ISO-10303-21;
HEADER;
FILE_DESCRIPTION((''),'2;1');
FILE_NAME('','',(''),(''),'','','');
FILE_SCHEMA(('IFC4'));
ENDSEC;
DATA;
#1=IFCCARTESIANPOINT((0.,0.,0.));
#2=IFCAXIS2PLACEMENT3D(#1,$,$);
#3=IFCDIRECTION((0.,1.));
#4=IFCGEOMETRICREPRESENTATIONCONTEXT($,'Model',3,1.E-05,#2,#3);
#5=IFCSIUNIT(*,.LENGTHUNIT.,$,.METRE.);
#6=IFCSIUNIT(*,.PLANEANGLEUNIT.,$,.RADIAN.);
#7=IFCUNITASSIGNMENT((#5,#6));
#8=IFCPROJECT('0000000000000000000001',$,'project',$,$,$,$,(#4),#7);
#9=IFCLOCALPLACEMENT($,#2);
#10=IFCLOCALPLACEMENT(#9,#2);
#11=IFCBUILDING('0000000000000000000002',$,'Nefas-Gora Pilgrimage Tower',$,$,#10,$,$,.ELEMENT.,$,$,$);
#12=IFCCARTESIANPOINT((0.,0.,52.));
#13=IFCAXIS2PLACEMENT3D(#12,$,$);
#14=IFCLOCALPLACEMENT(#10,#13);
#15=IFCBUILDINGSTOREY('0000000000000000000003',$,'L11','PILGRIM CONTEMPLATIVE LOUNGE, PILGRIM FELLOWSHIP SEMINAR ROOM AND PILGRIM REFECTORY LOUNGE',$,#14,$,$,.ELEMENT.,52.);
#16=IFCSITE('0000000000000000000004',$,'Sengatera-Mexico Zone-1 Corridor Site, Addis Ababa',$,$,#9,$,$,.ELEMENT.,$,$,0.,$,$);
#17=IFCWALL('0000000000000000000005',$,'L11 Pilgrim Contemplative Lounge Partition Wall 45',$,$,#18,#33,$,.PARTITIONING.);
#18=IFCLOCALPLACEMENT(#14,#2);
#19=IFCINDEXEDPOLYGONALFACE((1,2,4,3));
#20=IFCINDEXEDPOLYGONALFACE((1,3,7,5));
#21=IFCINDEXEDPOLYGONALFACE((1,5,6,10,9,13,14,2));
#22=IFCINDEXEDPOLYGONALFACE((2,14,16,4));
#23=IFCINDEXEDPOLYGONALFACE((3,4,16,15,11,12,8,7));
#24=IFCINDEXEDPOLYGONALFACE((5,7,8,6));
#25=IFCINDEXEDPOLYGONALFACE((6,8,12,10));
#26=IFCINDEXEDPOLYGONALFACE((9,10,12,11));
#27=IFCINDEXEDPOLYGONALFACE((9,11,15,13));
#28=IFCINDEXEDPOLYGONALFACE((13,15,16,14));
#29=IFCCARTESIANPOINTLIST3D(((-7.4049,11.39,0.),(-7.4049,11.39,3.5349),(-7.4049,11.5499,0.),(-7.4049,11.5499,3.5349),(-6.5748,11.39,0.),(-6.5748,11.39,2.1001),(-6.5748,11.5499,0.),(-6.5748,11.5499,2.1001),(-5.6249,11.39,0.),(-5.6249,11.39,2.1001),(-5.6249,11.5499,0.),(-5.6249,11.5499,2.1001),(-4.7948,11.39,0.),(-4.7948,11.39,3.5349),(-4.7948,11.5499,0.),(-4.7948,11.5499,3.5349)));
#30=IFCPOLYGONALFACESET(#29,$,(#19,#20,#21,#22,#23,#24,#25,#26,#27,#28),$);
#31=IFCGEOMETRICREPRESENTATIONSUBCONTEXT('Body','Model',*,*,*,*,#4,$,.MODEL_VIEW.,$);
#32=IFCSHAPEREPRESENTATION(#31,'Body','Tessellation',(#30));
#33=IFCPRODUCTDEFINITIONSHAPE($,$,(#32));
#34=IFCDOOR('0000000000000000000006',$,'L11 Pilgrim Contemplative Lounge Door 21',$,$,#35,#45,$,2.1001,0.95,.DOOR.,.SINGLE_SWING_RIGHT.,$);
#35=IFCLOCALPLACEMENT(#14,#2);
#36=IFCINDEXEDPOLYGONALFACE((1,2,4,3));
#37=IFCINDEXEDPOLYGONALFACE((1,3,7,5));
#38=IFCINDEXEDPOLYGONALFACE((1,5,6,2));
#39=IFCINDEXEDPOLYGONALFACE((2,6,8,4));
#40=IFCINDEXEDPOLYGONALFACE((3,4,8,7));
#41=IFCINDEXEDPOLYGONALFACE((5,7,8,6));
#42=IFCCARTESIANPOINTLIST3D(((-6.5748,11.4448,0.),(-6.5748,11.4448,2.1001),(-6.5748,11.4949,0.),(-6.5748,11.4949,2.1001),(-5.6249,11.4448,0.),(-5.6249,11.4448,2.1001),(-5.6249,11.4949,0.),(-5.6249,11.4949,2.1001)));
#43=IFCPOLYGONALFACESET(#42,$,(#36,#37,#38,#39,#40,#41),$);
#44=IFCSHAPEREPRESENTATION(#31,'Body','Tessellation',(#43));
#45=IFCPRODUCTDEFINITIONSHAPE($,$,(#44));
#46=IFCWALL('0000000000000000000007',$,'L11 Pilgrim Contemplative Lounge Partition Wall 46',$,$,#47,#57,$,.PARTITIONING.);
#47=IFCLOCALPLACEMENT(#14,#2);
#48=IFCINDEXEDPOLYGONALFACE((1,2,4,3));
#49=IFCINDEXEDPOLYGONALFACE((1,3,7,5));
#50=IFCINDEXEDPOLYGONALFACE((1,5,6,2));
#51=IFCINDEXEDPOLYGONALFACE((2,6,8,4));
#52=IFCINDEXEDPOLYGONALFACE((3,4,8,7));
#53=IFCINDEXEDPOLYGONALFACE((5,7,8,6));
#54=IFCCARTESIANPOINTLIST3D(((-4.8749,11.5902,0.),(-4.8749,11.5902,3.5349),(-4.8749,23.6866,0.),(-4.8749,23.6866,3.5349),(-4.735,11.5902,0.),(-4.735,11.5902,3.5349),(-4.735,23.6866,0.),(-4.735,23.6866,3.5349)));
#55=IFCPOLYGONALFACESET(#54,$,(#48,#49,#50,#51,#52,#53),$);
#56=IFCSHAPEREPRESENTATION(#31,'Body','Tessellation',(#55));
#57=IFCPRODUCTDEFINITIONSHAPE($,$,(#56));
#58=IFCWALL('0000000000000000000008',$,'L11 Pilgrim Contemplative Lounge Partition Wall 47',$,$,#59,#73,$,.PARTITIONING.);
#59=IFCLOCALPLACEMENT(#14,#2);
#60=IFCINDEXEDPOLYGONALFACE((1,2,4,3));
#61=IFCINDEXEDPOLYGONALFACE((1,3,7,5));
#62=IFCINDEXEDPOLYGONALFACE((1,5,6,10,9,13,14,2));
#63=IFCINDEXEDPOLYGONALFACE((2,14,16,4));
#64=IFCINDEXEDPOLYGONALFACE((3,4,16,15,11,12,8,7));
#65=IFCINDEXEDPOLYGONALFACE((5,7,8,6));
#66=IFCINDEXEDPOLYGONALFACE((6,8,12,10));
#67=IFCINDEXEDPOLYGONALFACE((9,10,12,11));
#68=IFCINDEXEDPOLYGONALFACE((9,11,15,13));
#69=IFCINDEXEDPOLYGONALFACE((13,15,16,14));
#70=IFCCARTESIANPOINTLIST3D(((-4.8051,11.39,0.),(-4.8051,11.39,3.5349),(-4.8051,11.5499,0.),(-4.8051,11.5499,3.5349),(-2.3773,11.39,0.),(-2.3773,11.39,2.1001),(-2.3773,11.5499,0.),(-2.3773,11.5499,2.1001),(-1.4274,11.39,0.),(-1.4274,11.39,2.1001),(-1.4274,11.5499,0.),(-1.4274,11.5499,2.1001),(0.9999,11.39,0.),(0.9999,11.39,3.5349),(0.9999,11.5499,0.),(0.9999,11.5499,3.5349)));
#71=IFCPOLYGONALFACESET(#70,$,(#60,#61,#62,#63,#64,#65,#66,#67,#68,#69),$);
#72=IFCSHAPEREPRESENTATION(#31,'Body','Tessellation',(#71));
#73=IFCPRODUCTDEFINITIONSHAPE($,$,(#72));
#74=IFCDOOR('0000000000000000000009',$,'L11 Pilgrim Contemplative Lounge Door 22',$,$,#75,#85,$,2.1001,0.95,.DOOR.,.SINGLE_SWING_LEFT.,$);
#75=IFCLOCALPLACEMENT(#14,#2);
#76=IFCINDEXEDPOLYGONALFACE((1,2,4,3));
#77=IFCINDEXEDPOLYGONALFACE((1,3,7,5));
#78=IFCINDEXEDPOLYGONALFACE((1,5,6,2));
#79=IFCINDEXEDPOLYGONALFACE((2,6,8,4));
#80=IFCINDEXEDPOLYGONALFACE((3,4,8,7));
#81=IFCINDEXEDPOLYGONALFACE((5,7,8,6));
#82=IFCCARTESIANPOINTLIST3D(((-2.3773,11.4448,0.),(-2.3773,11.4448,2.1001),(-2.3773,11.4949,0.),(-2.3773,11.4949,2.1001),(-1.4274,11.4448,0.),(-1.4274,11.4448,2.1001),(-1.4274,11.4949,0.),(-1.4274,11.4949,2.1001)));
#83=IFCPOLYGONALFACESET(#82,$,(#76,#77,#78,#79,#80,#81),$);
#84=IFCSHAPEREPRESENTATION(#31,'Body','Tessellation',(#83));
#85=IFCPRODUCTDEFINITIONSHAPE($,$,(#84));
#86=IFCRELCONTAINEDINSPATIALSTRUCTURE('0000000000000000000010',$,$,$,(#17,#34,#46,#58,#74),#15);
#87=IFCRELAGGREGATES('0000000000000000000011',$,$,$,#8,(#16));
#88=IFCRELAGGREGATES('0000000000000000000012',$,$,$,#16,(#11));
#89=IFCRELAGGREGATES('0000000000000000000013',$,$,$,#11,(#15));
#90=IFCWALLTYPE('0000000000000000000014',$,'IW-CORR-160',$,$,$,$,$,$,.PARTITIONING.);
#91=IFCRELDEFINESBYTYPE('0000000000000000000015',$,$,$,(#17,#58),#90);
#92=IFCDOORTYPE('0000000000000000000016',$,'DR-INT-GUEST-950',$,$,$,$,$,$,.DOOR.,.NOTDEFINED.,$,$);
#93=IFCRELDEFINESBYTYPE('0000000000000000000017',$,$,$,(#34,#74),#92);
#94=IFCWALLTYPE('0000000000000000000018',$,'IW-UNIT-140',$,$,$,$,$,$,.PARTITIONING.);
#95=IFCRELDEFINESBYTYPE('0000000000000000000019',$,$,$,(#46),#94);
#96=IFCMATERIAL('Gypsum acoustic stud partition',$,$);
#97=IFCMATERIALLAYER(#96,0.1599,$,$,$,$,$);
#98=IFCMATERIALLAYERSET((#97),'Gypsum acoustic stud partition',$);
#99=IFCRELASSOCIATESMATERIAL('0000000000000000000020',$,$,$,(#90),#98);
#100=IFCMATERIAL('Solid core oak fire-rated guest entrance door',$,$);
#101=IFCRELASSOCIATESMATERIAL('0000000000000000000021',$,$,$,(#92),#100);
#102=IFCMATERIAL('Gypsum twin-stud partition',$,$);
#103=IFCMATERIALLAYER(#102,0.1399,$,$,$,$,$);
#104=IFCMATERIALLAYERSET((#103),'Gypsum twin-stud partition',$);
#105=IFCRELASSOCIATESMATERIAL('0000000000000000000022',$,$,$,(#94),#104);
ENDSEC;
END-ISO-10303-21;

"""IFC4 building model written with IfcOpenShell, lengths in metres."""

from ifc_helpers import new_model, si_unit, direction, frame, frame_2d, origin, place, context, subcontext, project, spatial, rectangle, extrude, source, transform, mapped, material, layer, layer_set, type_object, element, fill, save


model = new_model("IFC4")

# Units and contexts
model_context = context("Model", 3, precision=1e-05, world=origin(), true_north=direction((0.0, 1.0)))
body_context = subcontext(model_context, "Body", "Model", "MODEL_VIEW")
ifc_project = project(units=[si_unit("LENGTHUNIT", "METRE"), si_unit("PLANEANGLEUNIT", "RADIAN")], contexts=[model_context])

# Site, building, storey
site_placement = place(None, origin())
site = spatial("IfcSite", under=ifc_project, at=site_placement, Name="Sengatera-Mexico Zone-1 Corridor Site, Addis Ababa", CompositionType="ELEMENT", RefElevation=0.0)
building_placement = place(site_placement, origin())
building = spatial("IfcBuilding", under=site, at=building_placement, Name="Nefas-Gora Pilgrimage Tower", CompositionType="ELEMENT")
storey_placement = place(building_placement, frame((0.0, 0.0, 52.0)))
storey = spatial("IfcBuildingStorey", under=building, at=storey_placement, Name="L11", Description="PILGRIM CONTEMPLATIVE LOUNGE, PILGRIM FELLOWSHIP SEMINAR ROOM AND PILGRIM REFECTORY LOUNGE", CompositionType="ELEMENT", Elevation=52.0)

# Shared definitions
ifc_material_1 = material(Name="Gypsum acoustic stud partition")
ifc_layer_1 = layer(ifc_material_1, 0.1599)
ifc_layer_set_1 = layer_set([ifc_layer_1], Name="Gypsum acoustic stud partition")
wall_type_1 = type_object("IfcWallType", Name="IW-CORR-160", PredefinedType="PARTITIONING", material=ifc_layer_set_1)

# Wall, opening, door
shared_shape_1 = source(origin(), body_context, "Body", "SweptSolid", [
    extrude(rectangle(XDim=2.6101, YDim=0.1599, at=frame_2d((1.3052, 0.0))), origin(), (0.0, 0.0, 1.0), 3.5349),
])
wall_1_placement = place(storey_placement, frame((-7.405, 11.47, 0.0), z_axis=(0.0, 0.0, 1.0), x_axis=(1.0, 0.0, 0.0)))
wall_1 = element("IfcWall", 1, at=wall_1_placement, inside=storey, type_object=wall_type_1, Name="L11 Pilgrim Contemplative Lounge Partition Wall 45", PredefinedType="PARTITIONING", context=body_context, shape_type="MappedRepresentation", body=[
    mapped(shared_shape_1, transform((0.0, 0.0, 0.0), x_axis=(1.0, 0.0, 0.0), y_axis=(0.0, 1.0, 0.0), z_axis=(0.0, 0.0, 1.0), scale=1.0)),
])
opening_1_placement = place(wall_1_placement, frame((0.8301, 0.0, 0.0)))
opening_1 = element("IfcOpeningElement", 2, at=opening_1_placement, cuts=wall_1, PredefinedType="OPENING", context=body_context, shape_type="SweptSolid", body=[
    extrude(rectangle(XDim=0.95, YDim=2.1001, at=frame_2d((0.4751, 1.05))), frame((0.0, 0.0898, 0.0), z_axis=(0.0, -1.0, 0.0), x_axis=(1.0, 0.0, 0.0)), (0.0, 0.0, 1.0), 0.1799),
])
ifc_material_2 = material(Name="Solid core oak fire-rated guest entrance door")
door_type_1 = type_object("IfcDoorType", Name="DR-INT-GUEST-950", OperationType="NOTDEFINED", PredefinedType="DOOR", material=ifc_material_2)
shared_shape_2 = source(origin(), body_context, "Body", "SweptSolid", [
    extrude(rectangle(XDim=0.95, YDim=2.1001, at=frame_2d((0.4751, 1.05))), frame((0.0, 0.0249, 0.0), z_axis=(0.0, -1.0, 0.0), x_axis=(1.0, 0.0, 0.0)), (0.0, 0.0, 1.0), 0.05),
])
door_1_placement = place(opening_1_placement, origin())
door_1 = element("IfcDoor", 3, at=door_1_placement, inside=storey, type_object=door_type_1, Name="L11 Pilgrim Contemplative Lounge Door 21", OperationType="SINGLE_SWING_RIGHT", OverallHeight=2.1001, OverallWidth=0.95, PredefinedType="DOOR", context=body_context, shape_type="MappedRepresentation", body=[
    mapped(shared_shape_2, transform((0.0, 0.0, 0.0), x_axis=(1.0, 0.0, 0.0), y_axis=(0.0, 1.0, 0.0), z_axis=(0.0, 0.0, 1.0), scale=1.0)),
])
fill(opening_1, door_1)

# Wall
ifc_material_3 = material(Name="Gypsum twin-stud partition")
ifc_layer_2 = layer(ifc_material_3, 0.1399)
ifc_layer_set_2 = layer_set([ifc_layer_2], Name="Gypsum twin-stud partition")
wall_type_2 = type_object("IfcWallType", Name="IW-UNIT-140", PredefinedType="PARTITIONING", material=ifc_layer_set_2)
shared_shape_3 = source(origin(), body_context, "Body", "SweptSolid", [
    extrude(rectangle(XDim=12.0964, YDim=0.1399, at=frame_2d((6.0483, 0.0))), origin(), (0.0, 0.0, 1.0), 3.5349),
])
wall_2_placement = place(storey_placement, frame((-4.8049, 11.5901, 0.0), z_axis=(0.0, 0.0, 1.0), x_axis=(0.0, 1.0, 0.0)))
element("IfcWall", 4, at=wall_2_placement, inside=storey, type_object=wall_type_2, Name="L11 Pilgrim Contemplative Lounge Partition Wall 46", PredefinedType="PARTITIONING", context=body_context, shape_type="MappedRepresentation", body=[
    mapped(shared_shape_3, transform((0.0, 0.0, 0.0), x_axis=(1.0, 0.0, 0.0), y_axis=(0.0, 1.0, 0.0), z_axis=(0.0, 0.0, 1.0), scale=1.0)),
])

# Wall, opening, door
shared_shape_4 = source(origin(), body_context, "Body", "SweptSolid", [
    extrude(rectangle(XDim=5.8049, YDim=0.1599, at=frame_2d((2.9023, 0.0))), origin(), (0.0, 0.0, 1.0), 3.5349),
])
wall_3_placement = place(storey_placement, frame((-4.8049, 11.47, 0.0), z_axis=(0.0, 0.0, 1.0), x_axis=(1.0, 0.0, 0.0)))
wall_3 = element("IfcWall", 5, at=wall_3_placement, inside=storey, type_object=wall_type_1, Name="L11 Pilgrim Contemplative Lounge Partition Wall 47", PredefinedType="PARTITIONING", context=body_context, shape_type="MappedRepresentation", body=[
    mapped(shared_shape_4, transform((0.0, 0.0, 0.0), x_axis=(1.0, 0.0, 0.0), y_axis=(0.0, 1.0, 0.0), z_axis=(0.0, 0.0, 1.0), scale=1.0)),
])
opening_2_placement = place(wall_3_placement, frame((2.4275, 0.0, 0.0)))
opening_2 = element("IfcOpeningElement", 6, at=opening_2_placement, cuts=wall_3, PredefinedType="OPENING", context=body_context, shape_type="SweptSolid", body=[
    extrude(rectangle(XDim=0.95, YDim=2.1001, at=frame_2d((0.4751, 1.05))), frame((0.0, 0.0898, 0.0), z_axis=(0.0, -1.0, 0.0), x_axis=(1.0, 0.0, 0.0)), (0.0, 0.0, 1.0), 0.1799),
])
door_2_placement = place(opening_2_placement, origin())
door_2 = element("IfcDoor", 7, at=door_2_placement, inside=storey, type_object=door_type_1, Name="L11 Pilgrim Contemplative Lounge Door 22", OperationType="SINGLE_SWING_LEFT", OverallHeight=2.1001, OverallWidth=0.95, PredefinedType="DOOR", context=body_context, shape_type="MappedRepresentation", body=[
    mapped(shared_shape_2, transform((0.0, 0.0, 0.0), x_axis=(1.0, 0.0, 0.0), y_axis=(0.0, 1.0, 0.0), z_axis=(0.0, 0.0, 1.0), scale=1.0)),
])
fill(opening_2, door_2)

save(model, "model.ifc")
